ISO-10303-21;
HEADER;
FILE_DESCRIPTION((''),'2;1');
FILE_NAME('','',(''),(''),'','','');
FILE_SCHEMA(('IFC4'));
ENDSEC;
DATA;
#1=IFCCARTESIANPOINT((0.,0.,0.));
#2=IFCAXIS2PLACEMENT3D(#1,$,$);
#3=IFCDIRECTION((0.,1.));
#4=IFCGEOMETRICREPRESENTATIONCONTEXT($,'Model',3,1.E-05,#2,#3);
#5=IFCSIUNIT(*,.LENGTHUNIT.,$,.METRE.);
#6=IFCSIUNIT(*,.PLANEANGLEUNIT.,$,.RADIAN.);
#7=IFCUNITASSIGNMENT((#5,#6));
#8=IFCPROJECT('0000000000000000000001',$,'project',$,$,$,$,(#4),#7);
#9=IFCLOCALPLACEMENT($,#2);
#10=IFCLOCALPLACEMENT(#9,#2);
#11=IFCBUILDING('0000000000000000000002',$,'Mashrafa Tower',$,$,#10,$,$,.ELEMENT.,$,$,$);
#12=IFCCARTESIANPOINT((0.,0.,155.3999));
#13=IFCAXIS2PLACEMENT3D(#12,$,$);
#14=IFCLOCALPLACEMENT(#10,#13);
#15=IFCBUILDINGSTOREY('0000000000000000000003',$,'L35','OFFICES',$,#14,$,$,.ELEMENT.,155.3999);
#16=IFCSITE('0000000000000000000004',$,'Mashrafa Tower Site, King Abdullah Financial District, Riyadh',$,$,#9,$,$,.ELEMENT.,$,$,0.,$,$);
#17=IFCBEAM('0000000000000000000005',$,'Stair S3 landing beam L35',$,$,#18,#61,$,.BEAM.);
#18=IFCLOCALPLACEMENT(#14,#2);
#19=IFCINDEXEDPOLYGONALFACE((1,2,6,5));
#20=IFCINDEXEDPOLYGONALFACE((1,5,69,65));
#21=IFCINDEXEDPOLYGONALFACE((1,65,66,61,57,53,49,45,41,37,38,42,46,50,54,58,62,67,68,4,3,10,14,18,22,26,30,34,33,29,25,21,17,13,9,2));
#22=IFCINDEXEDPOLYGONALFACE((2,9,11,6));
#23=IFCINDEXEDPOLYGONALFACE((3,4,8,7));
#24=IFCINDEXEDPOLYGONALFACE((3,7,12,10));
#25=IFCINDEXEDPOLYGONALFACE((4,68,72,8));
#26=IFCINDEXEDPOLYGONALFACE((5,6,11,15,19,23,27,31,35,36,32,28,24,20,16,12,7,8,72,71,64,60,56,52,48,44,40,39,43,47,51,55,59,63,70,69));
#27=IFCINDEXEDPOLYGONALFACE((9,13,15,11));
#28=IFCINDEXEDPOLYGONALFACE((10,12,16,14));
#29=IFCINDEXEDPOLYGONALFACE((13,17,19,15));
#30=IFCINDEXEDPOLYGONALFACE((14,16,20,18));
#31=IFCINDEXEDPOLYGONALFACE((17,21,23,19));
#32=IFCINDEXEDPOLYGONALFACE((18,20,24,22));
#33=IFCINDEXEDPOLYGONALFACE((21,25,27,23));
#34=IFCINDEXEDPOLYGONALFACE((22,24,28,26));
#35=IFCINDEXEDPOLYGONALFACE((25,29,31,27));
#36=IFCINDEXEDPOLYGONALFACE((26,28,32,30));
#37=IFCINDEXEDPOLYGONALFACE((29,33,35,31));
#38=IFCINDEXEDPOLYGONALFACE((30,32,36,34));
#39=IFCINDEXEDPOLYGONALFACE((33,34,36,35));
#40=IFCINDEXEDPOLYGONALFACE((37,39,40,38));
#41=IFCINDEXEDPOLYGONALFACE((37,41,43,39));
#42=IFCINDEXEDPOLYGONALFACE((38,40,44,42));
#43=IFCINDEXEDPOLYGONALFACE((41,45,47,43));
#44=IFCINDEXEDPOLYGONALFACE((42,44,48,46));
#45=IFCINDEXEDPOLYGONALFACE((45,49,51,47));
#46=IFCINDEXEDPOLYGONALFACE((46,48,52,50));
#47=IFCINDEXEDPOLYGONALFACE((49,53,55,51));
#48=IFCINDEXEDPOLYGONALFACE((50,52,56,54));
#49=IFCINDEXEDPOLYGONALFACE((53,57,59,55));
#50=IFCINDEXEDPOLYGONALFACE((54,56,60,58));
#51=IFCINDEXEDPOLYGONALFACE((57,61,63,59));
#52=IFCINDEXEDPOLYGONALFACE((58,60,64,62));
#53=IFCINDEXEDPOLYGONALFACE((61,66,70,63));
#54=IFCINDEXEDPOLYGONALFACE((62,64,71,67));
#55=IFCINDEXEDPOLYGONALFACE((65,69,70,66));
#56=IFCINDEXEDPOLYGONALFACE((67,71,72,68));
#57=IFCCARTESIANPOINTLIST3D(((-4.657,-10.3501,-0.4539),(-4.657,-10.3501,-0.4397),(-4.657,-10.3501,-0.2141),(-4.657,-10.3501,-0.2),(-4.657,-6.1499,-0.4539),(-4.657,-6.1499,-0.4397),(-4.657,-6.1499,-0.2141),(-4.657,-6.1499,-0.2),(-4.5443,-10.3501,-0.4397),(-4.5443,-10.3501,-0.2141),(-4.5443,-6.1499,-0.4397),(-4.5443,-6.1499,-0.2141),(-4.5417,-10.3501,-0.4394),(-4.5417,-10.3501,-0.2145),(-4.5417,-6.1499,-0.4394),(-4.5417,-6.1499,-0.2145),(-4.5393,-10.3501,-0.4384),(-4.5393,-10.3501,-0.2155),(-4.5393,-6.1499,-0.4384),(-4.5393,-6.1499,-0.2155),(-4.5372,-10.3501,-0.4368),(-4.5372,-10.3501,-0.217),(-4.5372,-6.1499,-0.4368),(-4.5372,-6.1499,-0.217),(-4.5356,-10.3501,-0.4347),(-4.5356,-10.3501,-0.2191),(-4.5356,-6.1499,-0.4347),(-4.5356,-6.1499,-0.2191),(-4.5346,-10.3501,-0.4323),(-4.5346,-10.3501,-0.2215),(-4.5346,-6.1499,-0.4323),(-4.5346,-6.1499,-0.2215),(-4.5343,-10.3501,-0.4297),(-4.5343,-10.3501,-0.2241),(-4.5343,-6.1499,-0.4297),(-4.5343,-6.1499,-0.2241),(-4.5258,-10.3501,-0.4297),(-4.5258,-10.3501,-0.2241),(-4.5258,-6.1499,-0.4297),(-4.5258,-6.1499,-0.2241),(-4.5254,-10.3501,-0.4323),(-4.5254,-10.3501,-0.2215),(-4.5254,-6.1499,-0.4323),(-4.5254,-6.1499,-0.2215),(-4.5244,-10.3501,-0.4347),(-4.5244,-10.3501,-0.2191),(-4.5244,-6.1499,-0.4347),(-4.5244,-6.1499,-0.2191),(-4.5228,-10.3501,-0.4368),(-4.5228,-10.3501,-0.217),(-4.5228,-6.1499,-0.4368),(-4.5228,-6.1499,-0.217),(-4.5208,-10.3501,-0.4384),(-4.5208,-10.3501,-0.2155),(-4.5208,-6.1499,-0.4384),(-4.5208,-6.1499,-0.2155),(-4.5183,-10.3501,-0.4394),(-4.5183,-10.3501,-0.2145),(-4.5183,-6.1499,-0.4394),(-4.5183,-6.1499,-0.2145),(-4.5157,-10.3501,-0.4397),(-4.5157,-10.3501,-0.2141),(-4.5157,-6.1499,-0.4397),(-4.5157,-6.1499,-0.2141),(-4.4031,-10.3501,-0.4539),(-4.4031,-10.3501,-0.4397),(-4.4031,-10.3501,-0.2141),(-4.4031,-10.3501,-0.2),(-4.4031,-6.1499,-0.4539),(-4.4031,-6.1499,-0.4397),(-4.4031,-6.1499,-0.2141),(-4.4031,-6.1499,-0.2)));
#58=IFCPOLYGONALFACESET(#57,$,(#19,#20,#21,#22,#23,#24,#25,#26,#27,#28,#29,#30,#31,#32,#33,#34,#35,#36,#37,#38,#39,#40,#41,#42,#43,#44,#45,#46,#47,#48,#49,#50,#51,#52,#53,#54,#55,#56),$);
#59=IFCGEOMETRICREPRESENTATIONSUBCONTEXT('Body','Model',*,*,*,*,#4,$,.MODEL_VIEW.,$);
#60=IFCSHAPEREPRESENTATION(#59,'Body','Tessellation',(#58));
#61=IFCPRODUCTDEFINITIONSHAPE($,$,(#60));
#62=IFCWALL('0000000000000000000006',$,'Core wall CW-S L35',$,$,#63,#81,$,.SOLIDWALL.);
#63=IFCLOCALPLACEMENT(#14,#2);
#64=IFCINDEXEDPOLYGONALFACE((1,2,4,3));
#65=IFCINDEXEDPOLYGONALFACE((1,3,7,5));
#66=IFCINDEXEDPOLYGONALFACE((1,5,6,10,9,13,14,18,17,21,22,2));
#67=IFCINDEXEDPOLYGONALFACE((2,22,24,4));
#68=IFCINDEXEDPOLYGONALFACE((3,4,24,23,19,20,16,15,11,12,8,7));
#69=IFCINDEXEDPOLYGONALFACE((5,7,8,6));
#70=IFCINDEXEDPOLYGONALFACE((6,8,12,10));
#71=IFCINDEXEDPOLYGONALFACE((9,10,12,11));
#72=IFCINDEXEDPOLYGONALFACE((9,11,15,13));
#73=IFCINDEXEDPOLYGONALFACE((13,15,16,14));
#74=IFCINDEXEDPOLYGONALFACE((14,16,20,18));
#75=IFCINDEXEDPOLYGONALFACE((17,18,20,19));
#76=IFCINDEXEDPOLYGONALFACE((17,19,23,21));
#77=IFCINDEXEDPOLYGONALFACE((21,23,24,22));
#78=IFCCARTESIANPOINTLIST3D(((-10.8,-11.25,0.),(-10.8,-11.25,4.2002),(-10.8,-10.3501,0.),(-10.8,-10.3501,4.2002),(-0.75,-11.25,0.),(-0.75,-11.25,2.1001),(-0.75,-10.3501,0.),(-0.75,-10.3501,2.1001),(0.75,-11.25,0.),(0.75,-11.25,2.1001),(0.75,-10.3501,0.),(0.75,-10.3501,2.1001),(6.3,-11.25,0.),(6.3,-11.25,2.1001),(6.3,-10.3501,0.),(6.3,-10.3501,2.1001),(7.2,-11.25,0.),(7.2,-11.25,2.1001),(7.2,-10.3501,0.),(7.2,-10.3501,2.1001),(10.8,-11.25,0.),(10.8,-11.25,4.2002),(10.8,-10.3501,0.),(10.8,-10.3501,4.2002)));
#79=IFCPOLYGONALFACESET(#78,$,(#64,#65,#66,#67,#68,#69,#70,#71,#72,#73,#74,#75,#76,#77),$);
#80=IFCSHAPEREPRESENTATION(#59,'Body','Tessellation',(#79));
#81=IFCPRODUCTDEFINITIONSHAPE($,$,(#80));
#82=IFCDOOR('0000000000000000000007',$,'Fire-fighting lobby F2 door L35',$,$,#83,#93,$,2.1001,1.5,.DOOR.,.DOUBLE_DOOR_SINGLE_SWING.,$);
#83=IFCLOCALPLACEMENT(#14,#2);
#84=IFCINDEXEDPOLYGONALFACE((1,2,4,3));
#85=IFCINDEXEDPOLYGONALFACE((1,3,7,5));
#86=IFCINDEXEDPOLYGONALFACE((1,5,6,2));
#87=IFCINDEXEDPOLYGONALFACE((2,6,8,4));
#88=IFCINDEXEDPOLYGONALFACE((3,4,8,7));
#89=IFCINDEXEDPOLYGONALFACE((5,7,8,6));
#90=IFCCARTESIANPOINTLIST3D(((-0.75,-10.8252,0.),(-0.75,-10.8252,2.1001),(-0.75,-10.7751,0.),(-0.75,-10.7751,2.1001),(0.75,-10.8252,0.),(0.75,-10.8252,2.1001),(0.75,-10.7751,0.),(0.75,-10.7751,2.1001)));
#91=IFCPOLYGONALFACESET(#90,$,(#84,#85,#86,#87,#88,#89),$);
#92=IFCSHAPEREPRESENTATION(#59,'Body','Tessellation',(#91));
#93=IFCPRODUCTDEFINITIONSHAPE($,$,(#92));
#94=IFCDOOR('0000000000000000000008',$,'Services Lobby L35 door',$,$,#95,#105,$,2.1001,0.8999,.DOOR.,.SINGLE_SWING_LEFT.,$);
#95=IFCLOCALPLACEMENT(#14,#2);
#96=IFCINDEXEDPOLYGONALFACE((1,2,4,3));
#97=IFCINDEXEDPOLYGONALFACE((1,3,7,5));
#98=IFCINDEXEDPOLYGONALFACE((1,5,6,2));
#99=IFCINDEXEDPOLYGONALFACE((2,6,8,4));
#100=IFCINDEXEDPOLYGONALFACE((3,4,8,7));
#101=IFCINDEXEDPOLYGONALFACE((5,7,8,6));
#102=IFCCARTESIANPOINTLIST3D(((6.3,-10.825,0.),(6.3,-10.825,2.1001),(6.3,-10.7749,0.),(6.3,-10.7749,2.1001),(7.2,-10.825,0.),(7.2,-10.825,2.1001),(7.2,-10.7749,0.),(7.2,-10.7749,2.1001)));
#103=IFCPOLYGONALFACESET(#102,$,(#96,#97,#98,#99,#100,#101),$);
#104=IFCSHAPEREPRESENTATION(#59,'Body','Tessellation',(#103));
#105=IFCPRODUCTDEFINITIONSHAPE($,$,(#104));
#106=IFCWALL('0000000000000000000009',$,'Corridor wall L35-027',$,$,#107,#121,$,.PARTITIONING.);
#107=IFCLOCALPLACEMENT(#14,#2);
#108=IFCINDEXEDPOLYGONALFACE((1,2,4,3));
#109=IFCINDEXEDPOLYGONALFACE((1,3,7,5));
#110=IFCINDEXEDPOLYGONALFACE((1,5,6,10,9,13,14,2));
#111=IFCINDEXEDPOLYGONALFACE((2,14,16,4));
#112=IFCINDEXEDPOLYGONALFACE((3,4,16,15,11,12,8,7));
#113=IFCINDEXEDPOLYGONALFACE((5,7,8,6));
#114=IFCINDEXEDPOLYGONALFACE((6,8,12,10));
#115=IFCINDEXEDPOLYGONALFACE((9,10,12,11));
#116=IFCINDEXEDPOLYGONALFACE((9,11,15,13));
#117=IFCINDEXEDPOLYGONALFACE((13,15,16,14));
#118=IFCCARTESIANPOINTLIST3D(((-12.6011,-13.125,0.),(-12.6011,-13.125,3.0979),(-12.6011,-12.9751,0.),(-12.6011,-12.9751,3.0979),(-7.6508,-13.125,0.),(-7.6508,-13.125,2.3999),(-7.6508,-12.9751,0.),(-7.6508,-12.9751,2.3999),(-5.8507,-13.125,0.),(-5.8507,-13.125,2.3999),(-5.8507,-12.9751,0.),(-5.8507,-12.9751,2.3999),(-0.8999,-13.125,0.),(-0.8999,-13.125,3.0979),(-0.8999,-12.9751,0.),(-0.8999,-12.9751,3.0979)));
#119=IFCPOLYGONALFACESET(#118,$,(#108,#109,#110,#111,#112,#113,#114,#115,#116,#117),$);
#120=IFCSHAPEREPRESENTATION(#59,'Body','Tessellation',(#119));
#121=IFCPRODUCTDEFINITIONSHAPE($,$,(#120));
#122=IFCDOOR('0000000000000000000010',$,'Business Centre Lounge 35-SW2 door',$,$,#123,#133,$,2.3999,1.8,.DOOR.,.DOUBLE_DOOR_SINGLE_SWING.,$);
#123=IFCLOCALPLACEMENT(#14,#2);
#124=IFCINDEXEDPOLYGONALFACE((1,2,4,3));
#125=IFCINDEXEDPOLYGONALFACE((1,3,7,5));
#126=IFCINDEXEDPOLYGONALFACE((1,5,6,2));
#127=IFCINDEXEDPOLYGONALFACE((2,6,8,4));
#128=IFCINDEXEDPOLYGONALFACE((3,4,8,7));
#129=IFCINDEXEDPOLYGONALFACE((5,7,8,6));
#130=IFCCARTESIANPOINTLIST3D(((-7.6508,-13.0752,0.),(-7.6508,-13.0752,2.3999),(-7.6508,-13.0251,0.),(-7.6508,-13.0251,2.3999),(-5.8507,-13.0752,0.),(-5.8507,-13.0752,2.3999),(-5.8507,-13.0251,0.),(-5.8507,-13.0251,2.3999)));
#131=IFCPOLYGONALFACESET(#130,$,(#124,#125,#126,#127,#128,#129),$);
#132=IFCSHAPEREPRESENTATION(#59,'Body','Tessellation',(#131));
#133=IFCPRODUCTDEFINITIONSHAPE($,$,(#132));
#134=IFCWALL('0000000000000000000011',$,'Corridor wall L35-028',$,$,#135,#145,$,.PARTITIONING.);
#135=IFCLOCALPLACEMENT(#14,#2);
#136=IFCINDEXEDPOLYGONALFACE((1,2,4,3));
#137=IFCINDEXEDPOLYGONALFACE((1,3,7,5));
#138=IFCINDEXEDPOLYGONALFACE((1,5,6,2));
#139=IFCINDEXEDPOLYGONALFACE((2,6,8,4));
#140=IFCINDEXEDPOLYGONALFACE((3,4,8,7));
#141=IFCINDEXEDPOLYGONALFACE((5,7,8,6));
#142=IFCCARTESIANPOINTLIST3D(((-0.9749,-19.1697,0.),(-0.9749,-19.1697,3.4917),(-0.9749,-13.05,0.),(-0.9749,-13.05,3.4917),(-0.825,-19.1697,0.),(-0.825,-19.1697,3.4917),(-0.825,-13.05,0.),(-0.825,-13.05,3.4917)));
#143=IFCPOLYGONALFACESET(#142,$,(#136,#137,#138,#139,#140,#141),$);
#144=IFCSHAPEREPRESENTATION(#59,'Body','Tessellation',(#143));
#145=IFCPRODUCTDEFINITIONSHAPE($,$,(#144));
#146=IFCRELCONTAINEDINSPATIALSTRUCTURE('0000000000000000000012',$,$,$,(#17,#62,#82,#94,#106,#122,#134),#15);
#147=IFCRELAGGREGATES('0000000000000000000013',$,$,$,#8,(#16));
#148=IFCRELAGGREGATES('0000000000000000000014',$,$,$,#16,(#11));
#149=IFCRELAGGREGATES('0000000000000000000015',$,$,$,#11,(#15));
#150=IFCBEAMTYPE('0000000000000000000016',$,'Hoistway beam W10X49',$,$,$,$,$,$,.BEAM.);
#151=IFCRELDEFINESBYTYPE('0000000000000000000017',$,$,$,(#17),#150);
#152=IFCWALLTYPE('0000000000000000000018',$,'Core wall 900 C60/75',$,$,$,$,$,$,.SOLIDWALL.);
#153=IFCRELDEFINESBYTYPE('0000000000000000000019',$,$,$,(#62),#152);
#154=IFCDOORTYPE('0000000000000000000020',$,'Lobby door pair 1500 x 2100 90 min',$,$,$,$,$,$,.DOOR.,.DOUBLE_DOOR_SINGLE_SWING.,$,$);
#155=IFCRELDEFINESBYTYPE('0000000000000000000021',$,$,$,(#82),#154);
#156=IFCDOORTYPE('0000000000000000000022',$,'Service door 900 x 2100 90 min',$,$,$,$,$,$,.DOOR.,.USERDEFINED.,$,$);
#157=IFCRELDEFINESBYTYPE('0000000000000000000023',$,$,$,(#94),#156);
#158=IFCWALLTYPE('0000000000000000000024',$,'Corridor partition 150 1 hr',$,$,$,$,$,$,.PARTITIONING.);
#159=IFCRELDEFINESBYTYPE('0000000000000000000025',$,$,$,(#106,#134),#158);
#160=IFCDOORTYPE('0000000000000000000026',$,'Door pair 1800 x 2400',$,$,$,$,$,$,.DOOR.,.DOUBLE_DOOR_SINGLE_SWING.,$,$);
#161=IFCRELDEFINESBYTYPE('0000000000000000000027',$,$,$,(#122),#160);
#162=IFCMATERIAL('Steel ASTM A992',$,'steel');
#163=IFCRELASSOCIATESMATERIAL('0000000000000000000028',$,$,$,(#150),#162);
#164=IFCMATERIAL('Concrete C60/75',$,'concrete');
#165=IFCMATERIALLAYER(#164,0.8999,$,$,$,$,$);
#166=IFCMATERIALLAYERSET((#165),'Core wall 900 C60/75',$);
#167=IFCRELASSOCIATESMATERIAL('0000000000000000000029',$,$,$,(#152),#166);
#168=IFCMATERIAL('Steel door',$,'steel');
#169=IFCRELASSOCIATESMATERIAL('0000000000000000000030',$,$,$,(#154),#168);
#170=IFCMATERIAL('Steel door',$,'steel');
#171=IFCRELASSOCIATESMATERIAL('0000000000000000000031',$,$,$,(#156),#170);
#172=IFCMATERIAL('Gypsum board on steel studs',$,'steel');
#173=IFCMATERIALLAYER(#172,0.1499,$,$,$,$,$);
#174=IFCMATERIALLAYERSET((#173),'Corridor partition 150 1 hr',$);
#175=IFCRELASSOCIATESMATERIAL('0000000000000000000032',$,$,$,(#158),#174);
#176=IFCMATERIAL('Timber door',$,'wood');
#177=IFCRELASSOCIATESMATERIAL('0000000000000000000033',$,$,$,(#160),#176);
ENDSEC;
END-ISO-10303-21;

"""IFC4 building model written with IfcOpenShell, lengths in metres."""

from ifc_helpers import new_model, si_unit, direction, frame, frame_2d, origin, origin_2d, place, context, subcontext, project, spatial, rectangle, i_section, extrude, material, layer, layer_set, material_profile, profile_set, type_object, element, fill, save


model = new_model("IFC4")

# Units and contexts
model_context = context("Model", 3, precision=1e-05, world=origin(), true_north=direction((0.0, 1.0)))
body_context = subcontext(model_context, "Body", "Model", "MODEL_VIEW")
ifc_project = project(units=[si_unit("LENGTHUNIT", "METRE"), si_unit("PLANEANGLEUNIT", "RADIAN")], contexts=[model_context])

# Site, building, storey
site_placement = place(None, origin())
site = spatial("IfcSite", under=ifc_project, at=site_placement, Name="Mashrafa Tower Site, King Abdullah Financial District, Riyadh", CompositionType="ELEMENT", RefElevation=0.0)
building_placement = place(site_placement, origin())
building = spatial("IfcBuilding", under=site, at=building_placement, Name="Mashrafa Tower", CompositionType="ELEMENT")
storey_placement = place(building_placement, frame((0.0, 0.0, 155.3999)))
storey = spatial("IfcBuildingStorey", under=building, at=storey_placement, Name="L35", Description="OFFICES", CompositionType="ELEMENT", Elevation=155.3999)

# Beam
ifc_material_1 = material(Name="Steel ASTM A992", Category="steel")
ifc_material_profile_1 = material_profile(ifc_material_1, i_section(OverallWidth=0.2539, OverallDepth=0.2539, WebThickness=0.0085, FlangeThickness=0.0142, FilletRadius=0.01, at=origin_2d()), Name="W10X49")
ifc_profile_set_1 = profile_set([ifc_material_profile_1], Name="Steel ASTM A992")
beam_type_1 = type_object("IfcBeamType", Name="Hoistway beam W10X49", PredefinedType="BEAM", material=ifc_profile_set_1)
beam_1_placement = place(storey_placement, frame((-4.53, -10.3501, -0.3269), z_axis=(0.0, 1.0, 0.0), x_axis=(-1.0, 0.0, 0.0)))
element("IfcBeam", 1, at=beam_1_placement, inside=storey, type_object=beam_type_1, Name="Stair S3 landing beam L35", PredefinedType="BEAM", context=body_context, shape_type="SweptSolid", body=[
    extrude(i_section(OverallWidth=0.2539, OverallDepth=0.2539, WebThickness=0.0085, FlangeThickness=0.0142, FilletRadius=0.01, at=origin_2d()), origin(), (0.0, 0.0, 1.0), 4.2002),
])

# Wall, openings, doors
ifc_material_2 = material(Name="Concrete C60/75", Category="concrete")
ifc_layer_1 = layer(ifc_material_2, 0.8999)
ifc_layer_set_1 = layer_set([ifc_layer_1], Name="Core wall 900 C60/75")
wall_type_1 = type_object("IfcWallType", Name="Core wall 900 C60/75", PredefinedType="SOLIDWALL", material=ifc_layer_set_1)
wall_1_placement = place(storey_placement, frame((-10.8, -10.8, 0.0), z_axis=(0.0, 0.0, 1.0), x_axis=(1.0, 0.0, 0.0)))
wall_1 = element("IfcWall", 2, at=wall_1_placement, inside=storey, type_object=wall_type_1, Name="Core wall CW-S L35", PredefinedType="SOLIDWALL", context=body_context, shape_type="SweptSolid", body=[
    extrude(rectangle(XDim=21.6001, YDim=0.8999, at=frame_2d((10.8, 0.0))), origin(), (0.0, 0.0, 1.0), 4.2002),
])
opening_1_placement = place(wall_1_placement, frame((10.05, 0.0, 0.0)))
opening_1 = element("IfcOpeningElement", 3, at=opening_1_placement, cuts=wall_1, PredefinedType="OPENING", context=body_context, shape_type="SweptSolid", body=[
    extrude(rectangle(XDim=1.5, YDim=2.1001, at=frame_2d((0.75, 1.05))), frame((0.0, 0.46, 0.0), z_axis=(0.0, -1.0, 0.0), x_axis=(1.0, 0.0, 0.0)), (0.0, 0.0, 1.0), 0.9199),
])
opening_2_placement = place(wall_1_placement, frame((17.1001, 0.0, 0.0)))
opening_2 = element("IfcOpeningElement", 4, at=opening_2_placement, cuts=wall_1, PredefinedType="OPENING", context=body_context, shape_type="SweptSolid", body=[
    extrude(rectangle(XDim=0.8999, YDim=2.1001, at=frame_2d((0.45, 1.05))), frame((0.0, 0.46, 0.0), z_axis=(0.0, -1.0, 0.0), x_axis=(1.0, 0.0, 0.0)), (0.0, 0.0, 1.0), 0.9199),
])
ifc_material_3 = material(Name="Steel door", Category="steel")
door_type_1 = type_object("IfcDoorType", Name="Lobby door pair 1500 x 2100 90 min", OperationType="DOUBLE_DOOR_SINGLE_SWING", PredefinedType="DOOR", material=ifc_material_3)
door_1_placement = place(opening_1_placement, origin())
door_1 = element("IfcDoor", 5, at=door_1_placement, inside=storey, type_object=door_type_1, Name="Fire-fighting lobby F2 door L35", OperationType="DOUBLE_DOOR_SINGLE_SWING", OverallHeight=2.1001, OverallWidth=1.5, PredefinedType="DOOR", context=body_context, shape_type="SweptSolid", body=[
    extrude(rectangle(XDim=1.5, YDim=2.1001, at=frame_2d((0.75, 1.05))), frame((0.0, 0.0249, 0.0), z_axis=(0.0, -1.0, 0.0), x_axis=(1.0, 0.0, 0.0)), (0.0, 0.0, 1.0), 0.05),
])
fill(opening_1, door_1)
ifc_material_4 = material(Name="Steel door", Category="steel")
door_type_2 = type_object("IfcDoorType", Name="Service door 900 x 2100 90 min", OperationType="USERDEFINED", PredefinedType="DOOR", material=ifc_material_4)
door_2_placement = place(opening_2_placement, frame((0.8999, 0.0, 0.0), z_axis=(0.0, 0.0, 1.0), x_axis=(-1.0, 0.0, 0.0)))
door_2 = element("IfcDoor", 6, at=door_2_placement, inside=storey, type_object=door_type_2, Name="Services Lobby L35 door", OperationType="SINGLE_SWING_LEFT", OverallHeight=2.1001, OverallWidth=0.8999, PredefinedType="DOOR", context=body_context, shape_type="SweptSolid", body=[
    extrude(rectangle(XDim=0.8999, YDim=2.1001, at=frame_2d((0.45, 1.05))), frame((0.0, 0.0249, 0.0), z_axis=(0.0, -1.0, 0.0), x_axis=(1.0, 0.0, 0.0)), (0.0, 0.0, 1.0), 0.05),
])
fill(opening_2, door_2)

# Wall, opening, door
ifc_material_5 = material(Name="Gypsum board on steel studs", Category="steel")
ifc_layer_2 = layer(ifc_material_5, 0.1499)
ifc_layer_set_2 = layer_set([ifc_layer_2], Name="Corridor partition 150 1 hr")
wall_type_2 = type_object("IfcWallType", Name="Corridor partition 150 1 hr", PredefinedType="PARTITIONING", material=ifc_layer_set_2)
wall_2_placement = place(storey_placement, frame((-12.6011, -13.05, 0.0), z_axis=(0.0, 0.0, 1.0), x_axis=(1.0, 0.0, 0.0)))
wall_2 = element("IfcWall", 7, at=wall_2_placement, inside=storey, type_object=wall_type_2, Name="Corridor wall L35-027", PredefinedType="PARTITIONING", context=body_context, shape_type="SweptSolid", body=[
    extrude(rectangle(XDim=11.7012, YDim=0.1499, at=frame_2d((5.8506, 0.0))), origin(), (0.0, 0.0, 1.0), 3.0979),
])
opening_3_placement = place(wall_2_placement, frame((4.9504, 0.0, 0.0)))
opening_3 = element("IfcOpeningElement", 8, at=opening_3_placement, cuts=wall_2, PredefinedType="OPENING", context=body_context, shape_type="SweptSolid", body=[
    extrude(rectangle(XDim=1.8, YDim=2.3999, at=frame_2d((0.8999, 1.2))), frame((0.0, 0.085, 0.0), z_axis=(0.0, -1.0, 0.0), x_axis=(1.0, 0.0, 0.0)), (0.0, 0.0, 1.0), 0.1699),
])
ifc_material_6 = material(Name="Timber door", Category="wood")
door_type_3 = type_object("IfcDoorType", Name="Door pair 1800 x 2400", OperationType="DOUBLE_DOOR_SINGLE_SWING", PredefinedType="DOOR", material=ifc_material_6)
door_3_placement = place(opening_3_placement, origin())
door_3 = element("IfcDoor", 9, at=door_3_placement, inside=storey, type_object=door_type_3, Name="Business Centre Lounge 35-SW2 door", OperationType="DOUBLE_DOOR_SINGLE_SWING", OverallHeight=2.3999, OverallWidth=1.8, PredefinedType="DOOR", context=body_context, shape_type="SweptSolid", body=[
    extrude(rectangle(XDim=1.8, YDim=2.3999, at=frame_2d((0.8999, 1.2))), frame((0.0, 0.0249, 0.0), z_axis=(0.0, -1.0, 0.0), x_axis=(1.0, 0.0, 0.0)), (0.0, 0.0, 1.0), 0.05),
])
fill(opening_3, door_3)

# Wall
wall_3_placement = place(storey_placement, frame((-0.8999, -13.05, 0.0), z_axis=(0.0, 0.0, 1.0), x_axis=(0.0, -1.0, 0.0)))
element("IfcWall", 10, at=wall_3_placement, inside=storey, type_object=wall_type_2, Name="Corridor wall L35-028", PredefinedType="PARTITIONING", context=body_context, shape_type="SweptSolid", body=[
    extrude(rectangle(XDim=6.1196, YDim=0.1499, at=frame_2d((3.0598, 0.0))), origin(), (0.0, 0.0, 1.0), 3.4917),
])

save(model, "model.ifc")
